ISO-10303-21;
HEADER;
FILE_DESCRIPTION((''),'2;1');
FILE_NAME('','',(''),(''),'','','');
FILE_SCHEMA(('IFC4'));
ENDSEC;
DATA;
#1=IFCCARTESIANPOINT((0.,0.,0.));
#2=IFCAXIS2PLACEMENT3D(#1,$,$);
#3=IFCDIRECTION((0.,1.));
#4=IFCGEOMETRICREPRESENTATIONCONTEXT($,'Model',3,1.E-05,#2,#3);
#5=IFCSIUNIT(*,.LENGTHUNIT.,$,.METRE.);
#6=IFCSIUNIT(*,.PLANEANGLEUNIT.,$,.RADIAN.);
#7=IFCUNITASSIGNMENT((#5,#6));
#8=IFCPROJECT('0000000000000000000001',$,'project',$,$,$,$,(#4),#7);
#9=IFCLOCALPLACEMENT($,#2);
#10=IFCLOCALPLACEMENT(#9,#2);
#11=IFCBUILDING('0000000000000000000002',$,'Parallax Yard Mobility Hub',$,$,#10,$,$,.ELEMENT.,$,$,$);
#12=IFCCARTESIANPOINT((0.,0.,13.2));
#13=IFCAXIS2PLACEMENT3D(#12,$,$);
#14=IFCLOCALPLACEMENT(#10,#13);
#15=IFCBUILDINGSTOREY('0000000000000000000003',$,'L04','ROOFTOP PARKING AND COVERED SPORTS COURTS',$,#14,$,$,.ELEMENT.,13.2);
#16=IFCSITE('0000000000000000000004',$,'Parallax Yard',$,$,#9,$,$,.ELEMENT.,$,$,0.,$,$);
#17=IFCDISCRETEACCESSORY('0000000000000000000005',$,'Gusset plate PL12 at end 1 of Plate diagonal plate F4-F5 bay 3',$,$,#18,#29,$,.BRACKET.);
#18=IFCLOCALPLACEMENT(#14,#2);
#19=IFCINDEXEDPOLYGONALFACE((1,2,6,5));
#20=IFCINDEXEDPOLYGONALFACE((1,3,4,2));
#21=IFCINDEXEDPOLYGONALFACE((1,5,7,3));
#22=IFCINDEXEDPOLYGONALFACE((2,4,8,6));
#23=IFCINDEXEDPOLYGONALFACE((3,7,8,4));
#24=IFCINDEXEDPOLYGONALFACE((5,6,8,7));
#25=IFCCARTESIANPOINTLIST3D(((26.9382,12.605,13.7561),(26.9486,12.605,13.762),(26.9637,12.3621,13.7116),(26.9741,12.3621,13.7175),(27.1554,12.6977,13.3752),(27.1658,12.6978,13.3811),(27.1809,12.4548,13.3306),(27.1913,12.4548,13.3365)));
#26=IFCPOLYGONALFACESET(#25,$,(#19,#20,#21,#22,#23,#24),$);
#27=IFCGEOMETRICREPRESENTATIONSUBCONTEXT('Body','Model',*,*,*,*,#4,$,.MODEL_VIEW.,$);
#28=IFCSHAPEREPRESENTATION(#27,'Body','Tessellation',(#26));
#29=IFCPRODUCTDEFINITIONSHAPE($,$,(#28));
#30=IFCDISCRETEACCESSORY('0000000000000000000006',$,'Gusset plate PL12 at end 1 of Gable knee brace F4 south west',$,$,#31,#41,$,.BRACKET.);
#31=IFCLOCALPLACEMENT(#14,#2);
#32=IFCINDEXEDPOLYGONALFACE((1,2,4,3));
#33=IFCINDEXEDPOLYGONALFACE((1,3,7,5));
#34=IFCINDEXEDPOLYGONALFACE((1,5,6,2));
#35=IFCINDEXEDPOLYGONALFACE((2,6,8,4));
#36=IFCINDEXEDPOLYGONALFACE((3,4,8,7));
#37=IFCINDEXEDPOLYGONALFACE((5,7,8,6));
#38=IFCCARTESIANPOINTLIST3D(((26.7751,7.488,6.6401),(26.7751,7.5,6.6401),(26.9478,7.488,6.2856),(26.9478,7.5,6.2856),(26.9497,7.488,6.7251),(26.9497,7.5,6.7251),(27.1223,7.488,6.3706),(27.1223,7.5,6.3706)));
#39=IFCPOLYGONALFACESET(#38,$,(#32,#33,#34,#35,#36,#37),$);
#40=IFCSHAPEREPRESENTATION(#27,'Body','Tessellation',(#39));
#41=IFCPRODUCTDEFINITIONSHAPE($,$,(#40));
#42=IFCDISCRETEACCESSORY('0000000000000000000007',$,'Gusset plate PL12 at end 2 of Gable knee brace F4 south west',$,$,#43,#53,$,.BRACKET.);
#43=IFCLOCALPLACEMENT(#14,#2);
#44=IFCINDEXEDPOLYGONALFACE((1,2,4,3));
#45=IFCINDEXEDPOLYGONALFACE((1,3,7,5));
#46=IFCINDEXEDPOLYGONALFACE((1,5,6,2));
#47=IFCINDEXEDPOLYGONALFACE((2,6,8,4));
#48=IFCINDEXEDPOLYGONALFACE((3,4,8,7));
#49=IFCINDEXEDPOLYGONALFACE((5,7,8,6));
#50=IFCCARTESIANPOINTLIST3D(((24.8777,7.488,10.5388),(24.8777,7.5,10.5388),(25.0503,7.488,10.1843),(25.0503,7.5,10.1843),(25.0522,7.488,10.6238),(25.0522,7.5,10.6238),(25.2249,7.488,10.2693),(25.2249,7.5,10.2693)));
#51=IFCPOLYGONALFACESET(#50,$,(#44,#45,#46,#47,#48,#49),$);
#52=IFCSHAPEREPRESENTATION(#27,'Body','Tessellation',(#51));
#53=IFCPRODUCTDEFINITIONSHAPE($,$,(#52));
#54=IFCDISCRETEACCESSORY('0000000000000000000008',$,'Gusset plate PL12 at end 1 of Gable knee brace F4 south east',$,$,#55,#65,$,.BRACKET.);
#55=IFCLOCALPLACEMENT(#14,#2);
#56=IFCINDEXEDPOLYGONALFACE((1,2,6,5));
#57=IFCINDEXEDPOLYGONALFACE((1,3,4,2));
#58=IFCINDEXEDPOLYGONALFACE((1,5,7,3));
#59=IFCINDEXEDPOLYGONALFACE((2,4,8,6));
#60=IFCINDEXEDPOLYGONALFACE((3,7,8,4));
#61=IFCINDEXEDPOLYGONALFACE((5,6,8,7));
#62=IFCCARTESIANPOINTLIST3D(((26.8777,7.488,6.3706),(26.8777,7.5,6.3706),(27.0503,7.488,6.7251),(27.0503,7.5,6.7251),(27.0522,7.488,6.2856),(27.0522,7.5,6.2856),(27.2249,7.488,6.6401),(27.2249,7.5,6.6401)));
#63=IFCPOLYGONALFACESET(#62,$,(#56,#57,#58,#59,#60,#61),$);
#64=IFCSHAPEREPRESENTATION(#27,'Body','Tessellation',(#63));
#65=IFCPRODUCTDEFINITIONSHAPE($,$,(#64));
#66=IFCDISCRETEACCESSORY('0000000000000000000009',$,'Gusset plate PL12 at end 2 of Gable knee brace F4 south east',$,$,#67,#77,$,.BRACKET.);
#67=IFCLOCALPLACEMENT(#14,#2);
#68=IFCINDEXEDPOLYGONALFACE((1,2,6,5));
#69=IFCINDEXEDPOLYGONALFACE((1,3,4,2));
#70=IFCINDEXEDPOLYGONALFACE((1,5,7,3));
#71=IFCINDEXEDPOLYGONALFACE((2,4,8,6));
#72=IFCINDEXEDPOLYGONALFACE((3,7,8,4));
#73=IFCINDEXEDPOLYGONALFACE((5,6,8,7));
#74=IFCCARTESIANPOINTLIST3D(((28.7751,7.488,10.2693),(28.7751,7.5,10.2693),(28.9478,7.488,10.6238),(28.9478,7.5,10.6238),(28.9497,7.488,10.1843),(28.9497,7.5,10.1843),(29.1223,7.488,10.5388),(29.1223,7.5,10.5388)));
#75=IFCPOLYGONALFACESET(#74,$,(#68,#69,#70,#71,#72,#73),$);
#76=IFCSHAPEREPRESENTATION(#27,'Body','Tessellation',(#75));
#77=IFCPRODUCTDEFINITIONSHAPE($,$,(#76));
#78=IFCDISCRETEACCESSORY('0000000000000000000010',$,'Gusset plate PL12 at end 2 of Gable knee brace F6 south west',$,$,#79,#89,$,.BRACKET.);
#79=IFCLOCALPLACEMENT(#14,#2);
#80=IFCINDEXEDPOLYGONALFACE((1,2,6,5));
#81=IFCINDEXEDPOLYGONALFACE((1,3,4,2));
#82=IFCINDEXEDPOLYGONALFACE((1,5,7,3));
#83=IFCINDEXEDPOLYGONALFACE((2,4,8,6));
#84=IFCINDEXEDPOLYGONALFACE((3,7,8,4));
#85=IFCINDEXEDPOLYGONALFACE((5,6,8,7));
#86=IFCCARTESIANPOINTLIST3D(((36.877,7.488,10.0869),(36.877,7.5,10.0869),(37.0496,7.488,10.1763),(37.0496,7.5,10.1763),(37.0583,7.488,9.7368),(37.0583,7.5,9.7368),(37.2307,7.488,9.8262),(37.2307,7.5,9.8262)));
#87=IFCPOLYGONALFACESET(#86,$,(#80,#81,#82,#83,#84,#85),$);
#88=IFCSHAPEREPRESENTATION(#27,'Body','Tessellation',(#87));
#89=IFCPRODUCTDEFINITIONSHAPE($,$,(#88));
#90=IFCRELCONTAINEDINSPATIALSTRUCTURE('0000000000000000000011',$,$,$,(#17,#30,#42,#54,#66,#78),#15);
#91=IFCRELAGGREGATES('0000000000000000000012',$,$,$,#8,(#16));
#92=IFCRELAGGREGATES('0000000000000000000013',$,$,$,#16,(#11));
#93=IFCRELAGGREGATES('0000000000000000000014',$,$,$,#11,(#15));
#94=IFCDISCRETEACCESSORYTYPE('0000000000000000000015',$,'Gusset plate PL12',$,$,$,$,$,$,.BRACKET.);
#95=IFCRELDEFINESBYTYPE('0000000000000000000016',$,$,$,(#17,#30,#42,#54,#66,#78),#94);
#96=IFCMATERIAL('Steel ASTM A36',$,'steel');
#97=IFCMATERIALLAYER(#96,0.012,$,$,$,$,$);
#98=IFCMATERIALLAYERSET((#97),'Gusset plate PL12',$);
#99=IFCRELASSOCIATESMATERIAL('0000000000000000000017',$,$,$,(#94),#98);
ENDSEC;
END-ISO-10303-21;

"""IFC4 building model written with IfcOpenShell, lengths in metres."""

from ifc_helpers import new_model, si_unit, direction, frame, origin, place, context, subcontext, project, spatial, polyline, outline, extrude, material, layer, layer_set, type_object, element, save


model = new_model("IFC4")

# Units and contexts
model_context = context("Model", 3, precision=1e-05, world=origin(), true_north=direction((0.0, 1.0)))
body_context = subcontext(model_context, "Body", "Model", "MODEL_VIEW")
ifc_project = project(units=[si_unit("LENGTHUNIT", "METRE"), si_unit("PLANEANGLEUNIT", "RADIAN")], contexts=[model_context])

# Site, building, storey
site_placement = place(None, origin())
site = spatial("IfcSite", under=ifc_project, at=site_placement, Name="Parallax Yard", CompositionType="ELEMENT", RefElevation=0.0)
building_placement = place(site_placement, origin())
building = spatial("IfcBuilding", under=site, at=building_placement, Name="Parallax Yard Mobility Hub", CompositionType="ELEMENT")
storey_placement = place(building_placement, frame((0.0, 0.0, 13.2)))
storey = spatial("IfcBuildingStorey", under=building, at=storey_placement, Name="L04", Description="ROOFTOP PARKING AND COVERED SPORTS COURTS", CompositionType="ELEMENT", Elevation=13.2)

# Discrete accessories
ifc_material_1 = material(Name="Steel ASTM A36", Category="steel")
ifc_layer_1 = layer(ifc_material_1, 0.012)
ifc_layer_set_1 = layer_set([ifc_layer_1], Name="Gusset plate PL12")
discrete_accessory_type = type_object("IfcDiscreteAccessoryType", Name="Gusset plate PL12", PredefinedType="BRACKET", material=ifc_layer_set_1)
discrete_accessory_1_placement = place(storey_placement, frame((27.1658, 12.6978, 13.3811), z_axis=(0.868732, 0.000396, 0.495282), x_axis=(-0.484484, -0.206996, 0.849958)))
element("IfcDiscreteAccessory", 1, at=discrete_accessory_1_placement, inside=storey, type_object=discrete_accessory_type, Name="Gusset plate PL12 at end 1 of Plate diagonal plate F4-F5 bay 3", PredefinedType="BRACKET", context=body_context, shape_type="SweptSolid", body=[
    extrude(outline(polyline([(0.0, 0.0), (0.4482, 0.0), (0.4483, 0.2483), (0.0, 0.2483), (0.0, 0.0)])), origin(), (0.0, 0.0, -1.0), 0.012),
])
for number, where, z_axis, x_axis, name in (
    (2, (26.9497, 7.5, 6.7251), (0.0, 1.0, 0.0), (0.437777, 0.0, -0.899084), "Gusset plate PL12 at end 1 of Gable knee brace F4 south west"),
    (3, (25.0503, 7.5, 10.1843), (0.0, 1.0, 0.0), (-0.437777, 0.0, 0.899084), "Gusset plate PL12 at end 2 of Gable knee brace F4 south west"),
):
    element("IfcDiscreteAccessory", number, at=place(storey_placement, frame(where, z_axis=z_axis, x_axis=x_axis)), inside=storey, type_object=discrete_accessory_type, Name=name, PredefinedType="BRACKET", context=body_context, shape_type="SweptSolid", body=[
        extrude(outline(polyline([(0.0, 0.0), (0.3943, 0.0), (0.3943, 0.1941), (0.0, 0.1941), (0.0, 0.0)])), origin(), (0.0, 0.0, -1.0), 0.012),
    ])
for number, where, z_axis, x_axis, name in (
    (4, (27.2249, 7.5, 6.6401), (0.0, 1.0, 0.0), (-0.437777, 0.0, -0.899084), "Gusset plate PL12 at end 1 of Gable knee brace F4 south east"),
    (5, (28.7751, 7.5, 10.2693), (0.0, 1.0, 0.0), (0.437777, 0.0, 0.899084), "Gusset plate PL12 at end 2 of Gable knee brace F4 south east"),
):
    element("IfcDiscreteAccessory", number, at=place(storey_placement, frame(where, z_axis=z_axis, x_axis=x_axis)), inside=storey, type_object=discrete_accessory_type, Name=name, PredefinedType="BRACKET", context=body_context, shape_type="SweptSolid", body=[
        extrude(outline(polyline([(0.0, 0.0), (0.3943, 0.0), (0.3943, 0.1941), (0.0, 0.1941), (0.0, 0.0)])), origin(), (0.0, 0.0, -1.0), 0.012),
    ])
discrete_accessory_2_placement = place(storey_placement, frame((37.0583, 7.5, 9.7368), z_axis=(0.0, 1.0, 0.0), x_axis=(-0.460046, 0.0, 0.887895)))
element("IfcDiscreteAccessory", 6, at=discrete_accessory_2_placement, inside=storey, type_object=discrete_accessory_type, Name="Gusset plate PL12 at end 2 of Gable knee brace F6 south west", PredefinedType="BRACKET", context=body_context, shape_type="SweptSolid", body=[
    extrude(outline(polyline([(0.0, 0.0), (0.3943, 0.0), (0.3942, 0.1944), (0.0, 0.1941), (0.0, 0.0)])), origin(), (0.0, 0.0, -1.0), 0.012),
])

save(model, "model.ifc")
